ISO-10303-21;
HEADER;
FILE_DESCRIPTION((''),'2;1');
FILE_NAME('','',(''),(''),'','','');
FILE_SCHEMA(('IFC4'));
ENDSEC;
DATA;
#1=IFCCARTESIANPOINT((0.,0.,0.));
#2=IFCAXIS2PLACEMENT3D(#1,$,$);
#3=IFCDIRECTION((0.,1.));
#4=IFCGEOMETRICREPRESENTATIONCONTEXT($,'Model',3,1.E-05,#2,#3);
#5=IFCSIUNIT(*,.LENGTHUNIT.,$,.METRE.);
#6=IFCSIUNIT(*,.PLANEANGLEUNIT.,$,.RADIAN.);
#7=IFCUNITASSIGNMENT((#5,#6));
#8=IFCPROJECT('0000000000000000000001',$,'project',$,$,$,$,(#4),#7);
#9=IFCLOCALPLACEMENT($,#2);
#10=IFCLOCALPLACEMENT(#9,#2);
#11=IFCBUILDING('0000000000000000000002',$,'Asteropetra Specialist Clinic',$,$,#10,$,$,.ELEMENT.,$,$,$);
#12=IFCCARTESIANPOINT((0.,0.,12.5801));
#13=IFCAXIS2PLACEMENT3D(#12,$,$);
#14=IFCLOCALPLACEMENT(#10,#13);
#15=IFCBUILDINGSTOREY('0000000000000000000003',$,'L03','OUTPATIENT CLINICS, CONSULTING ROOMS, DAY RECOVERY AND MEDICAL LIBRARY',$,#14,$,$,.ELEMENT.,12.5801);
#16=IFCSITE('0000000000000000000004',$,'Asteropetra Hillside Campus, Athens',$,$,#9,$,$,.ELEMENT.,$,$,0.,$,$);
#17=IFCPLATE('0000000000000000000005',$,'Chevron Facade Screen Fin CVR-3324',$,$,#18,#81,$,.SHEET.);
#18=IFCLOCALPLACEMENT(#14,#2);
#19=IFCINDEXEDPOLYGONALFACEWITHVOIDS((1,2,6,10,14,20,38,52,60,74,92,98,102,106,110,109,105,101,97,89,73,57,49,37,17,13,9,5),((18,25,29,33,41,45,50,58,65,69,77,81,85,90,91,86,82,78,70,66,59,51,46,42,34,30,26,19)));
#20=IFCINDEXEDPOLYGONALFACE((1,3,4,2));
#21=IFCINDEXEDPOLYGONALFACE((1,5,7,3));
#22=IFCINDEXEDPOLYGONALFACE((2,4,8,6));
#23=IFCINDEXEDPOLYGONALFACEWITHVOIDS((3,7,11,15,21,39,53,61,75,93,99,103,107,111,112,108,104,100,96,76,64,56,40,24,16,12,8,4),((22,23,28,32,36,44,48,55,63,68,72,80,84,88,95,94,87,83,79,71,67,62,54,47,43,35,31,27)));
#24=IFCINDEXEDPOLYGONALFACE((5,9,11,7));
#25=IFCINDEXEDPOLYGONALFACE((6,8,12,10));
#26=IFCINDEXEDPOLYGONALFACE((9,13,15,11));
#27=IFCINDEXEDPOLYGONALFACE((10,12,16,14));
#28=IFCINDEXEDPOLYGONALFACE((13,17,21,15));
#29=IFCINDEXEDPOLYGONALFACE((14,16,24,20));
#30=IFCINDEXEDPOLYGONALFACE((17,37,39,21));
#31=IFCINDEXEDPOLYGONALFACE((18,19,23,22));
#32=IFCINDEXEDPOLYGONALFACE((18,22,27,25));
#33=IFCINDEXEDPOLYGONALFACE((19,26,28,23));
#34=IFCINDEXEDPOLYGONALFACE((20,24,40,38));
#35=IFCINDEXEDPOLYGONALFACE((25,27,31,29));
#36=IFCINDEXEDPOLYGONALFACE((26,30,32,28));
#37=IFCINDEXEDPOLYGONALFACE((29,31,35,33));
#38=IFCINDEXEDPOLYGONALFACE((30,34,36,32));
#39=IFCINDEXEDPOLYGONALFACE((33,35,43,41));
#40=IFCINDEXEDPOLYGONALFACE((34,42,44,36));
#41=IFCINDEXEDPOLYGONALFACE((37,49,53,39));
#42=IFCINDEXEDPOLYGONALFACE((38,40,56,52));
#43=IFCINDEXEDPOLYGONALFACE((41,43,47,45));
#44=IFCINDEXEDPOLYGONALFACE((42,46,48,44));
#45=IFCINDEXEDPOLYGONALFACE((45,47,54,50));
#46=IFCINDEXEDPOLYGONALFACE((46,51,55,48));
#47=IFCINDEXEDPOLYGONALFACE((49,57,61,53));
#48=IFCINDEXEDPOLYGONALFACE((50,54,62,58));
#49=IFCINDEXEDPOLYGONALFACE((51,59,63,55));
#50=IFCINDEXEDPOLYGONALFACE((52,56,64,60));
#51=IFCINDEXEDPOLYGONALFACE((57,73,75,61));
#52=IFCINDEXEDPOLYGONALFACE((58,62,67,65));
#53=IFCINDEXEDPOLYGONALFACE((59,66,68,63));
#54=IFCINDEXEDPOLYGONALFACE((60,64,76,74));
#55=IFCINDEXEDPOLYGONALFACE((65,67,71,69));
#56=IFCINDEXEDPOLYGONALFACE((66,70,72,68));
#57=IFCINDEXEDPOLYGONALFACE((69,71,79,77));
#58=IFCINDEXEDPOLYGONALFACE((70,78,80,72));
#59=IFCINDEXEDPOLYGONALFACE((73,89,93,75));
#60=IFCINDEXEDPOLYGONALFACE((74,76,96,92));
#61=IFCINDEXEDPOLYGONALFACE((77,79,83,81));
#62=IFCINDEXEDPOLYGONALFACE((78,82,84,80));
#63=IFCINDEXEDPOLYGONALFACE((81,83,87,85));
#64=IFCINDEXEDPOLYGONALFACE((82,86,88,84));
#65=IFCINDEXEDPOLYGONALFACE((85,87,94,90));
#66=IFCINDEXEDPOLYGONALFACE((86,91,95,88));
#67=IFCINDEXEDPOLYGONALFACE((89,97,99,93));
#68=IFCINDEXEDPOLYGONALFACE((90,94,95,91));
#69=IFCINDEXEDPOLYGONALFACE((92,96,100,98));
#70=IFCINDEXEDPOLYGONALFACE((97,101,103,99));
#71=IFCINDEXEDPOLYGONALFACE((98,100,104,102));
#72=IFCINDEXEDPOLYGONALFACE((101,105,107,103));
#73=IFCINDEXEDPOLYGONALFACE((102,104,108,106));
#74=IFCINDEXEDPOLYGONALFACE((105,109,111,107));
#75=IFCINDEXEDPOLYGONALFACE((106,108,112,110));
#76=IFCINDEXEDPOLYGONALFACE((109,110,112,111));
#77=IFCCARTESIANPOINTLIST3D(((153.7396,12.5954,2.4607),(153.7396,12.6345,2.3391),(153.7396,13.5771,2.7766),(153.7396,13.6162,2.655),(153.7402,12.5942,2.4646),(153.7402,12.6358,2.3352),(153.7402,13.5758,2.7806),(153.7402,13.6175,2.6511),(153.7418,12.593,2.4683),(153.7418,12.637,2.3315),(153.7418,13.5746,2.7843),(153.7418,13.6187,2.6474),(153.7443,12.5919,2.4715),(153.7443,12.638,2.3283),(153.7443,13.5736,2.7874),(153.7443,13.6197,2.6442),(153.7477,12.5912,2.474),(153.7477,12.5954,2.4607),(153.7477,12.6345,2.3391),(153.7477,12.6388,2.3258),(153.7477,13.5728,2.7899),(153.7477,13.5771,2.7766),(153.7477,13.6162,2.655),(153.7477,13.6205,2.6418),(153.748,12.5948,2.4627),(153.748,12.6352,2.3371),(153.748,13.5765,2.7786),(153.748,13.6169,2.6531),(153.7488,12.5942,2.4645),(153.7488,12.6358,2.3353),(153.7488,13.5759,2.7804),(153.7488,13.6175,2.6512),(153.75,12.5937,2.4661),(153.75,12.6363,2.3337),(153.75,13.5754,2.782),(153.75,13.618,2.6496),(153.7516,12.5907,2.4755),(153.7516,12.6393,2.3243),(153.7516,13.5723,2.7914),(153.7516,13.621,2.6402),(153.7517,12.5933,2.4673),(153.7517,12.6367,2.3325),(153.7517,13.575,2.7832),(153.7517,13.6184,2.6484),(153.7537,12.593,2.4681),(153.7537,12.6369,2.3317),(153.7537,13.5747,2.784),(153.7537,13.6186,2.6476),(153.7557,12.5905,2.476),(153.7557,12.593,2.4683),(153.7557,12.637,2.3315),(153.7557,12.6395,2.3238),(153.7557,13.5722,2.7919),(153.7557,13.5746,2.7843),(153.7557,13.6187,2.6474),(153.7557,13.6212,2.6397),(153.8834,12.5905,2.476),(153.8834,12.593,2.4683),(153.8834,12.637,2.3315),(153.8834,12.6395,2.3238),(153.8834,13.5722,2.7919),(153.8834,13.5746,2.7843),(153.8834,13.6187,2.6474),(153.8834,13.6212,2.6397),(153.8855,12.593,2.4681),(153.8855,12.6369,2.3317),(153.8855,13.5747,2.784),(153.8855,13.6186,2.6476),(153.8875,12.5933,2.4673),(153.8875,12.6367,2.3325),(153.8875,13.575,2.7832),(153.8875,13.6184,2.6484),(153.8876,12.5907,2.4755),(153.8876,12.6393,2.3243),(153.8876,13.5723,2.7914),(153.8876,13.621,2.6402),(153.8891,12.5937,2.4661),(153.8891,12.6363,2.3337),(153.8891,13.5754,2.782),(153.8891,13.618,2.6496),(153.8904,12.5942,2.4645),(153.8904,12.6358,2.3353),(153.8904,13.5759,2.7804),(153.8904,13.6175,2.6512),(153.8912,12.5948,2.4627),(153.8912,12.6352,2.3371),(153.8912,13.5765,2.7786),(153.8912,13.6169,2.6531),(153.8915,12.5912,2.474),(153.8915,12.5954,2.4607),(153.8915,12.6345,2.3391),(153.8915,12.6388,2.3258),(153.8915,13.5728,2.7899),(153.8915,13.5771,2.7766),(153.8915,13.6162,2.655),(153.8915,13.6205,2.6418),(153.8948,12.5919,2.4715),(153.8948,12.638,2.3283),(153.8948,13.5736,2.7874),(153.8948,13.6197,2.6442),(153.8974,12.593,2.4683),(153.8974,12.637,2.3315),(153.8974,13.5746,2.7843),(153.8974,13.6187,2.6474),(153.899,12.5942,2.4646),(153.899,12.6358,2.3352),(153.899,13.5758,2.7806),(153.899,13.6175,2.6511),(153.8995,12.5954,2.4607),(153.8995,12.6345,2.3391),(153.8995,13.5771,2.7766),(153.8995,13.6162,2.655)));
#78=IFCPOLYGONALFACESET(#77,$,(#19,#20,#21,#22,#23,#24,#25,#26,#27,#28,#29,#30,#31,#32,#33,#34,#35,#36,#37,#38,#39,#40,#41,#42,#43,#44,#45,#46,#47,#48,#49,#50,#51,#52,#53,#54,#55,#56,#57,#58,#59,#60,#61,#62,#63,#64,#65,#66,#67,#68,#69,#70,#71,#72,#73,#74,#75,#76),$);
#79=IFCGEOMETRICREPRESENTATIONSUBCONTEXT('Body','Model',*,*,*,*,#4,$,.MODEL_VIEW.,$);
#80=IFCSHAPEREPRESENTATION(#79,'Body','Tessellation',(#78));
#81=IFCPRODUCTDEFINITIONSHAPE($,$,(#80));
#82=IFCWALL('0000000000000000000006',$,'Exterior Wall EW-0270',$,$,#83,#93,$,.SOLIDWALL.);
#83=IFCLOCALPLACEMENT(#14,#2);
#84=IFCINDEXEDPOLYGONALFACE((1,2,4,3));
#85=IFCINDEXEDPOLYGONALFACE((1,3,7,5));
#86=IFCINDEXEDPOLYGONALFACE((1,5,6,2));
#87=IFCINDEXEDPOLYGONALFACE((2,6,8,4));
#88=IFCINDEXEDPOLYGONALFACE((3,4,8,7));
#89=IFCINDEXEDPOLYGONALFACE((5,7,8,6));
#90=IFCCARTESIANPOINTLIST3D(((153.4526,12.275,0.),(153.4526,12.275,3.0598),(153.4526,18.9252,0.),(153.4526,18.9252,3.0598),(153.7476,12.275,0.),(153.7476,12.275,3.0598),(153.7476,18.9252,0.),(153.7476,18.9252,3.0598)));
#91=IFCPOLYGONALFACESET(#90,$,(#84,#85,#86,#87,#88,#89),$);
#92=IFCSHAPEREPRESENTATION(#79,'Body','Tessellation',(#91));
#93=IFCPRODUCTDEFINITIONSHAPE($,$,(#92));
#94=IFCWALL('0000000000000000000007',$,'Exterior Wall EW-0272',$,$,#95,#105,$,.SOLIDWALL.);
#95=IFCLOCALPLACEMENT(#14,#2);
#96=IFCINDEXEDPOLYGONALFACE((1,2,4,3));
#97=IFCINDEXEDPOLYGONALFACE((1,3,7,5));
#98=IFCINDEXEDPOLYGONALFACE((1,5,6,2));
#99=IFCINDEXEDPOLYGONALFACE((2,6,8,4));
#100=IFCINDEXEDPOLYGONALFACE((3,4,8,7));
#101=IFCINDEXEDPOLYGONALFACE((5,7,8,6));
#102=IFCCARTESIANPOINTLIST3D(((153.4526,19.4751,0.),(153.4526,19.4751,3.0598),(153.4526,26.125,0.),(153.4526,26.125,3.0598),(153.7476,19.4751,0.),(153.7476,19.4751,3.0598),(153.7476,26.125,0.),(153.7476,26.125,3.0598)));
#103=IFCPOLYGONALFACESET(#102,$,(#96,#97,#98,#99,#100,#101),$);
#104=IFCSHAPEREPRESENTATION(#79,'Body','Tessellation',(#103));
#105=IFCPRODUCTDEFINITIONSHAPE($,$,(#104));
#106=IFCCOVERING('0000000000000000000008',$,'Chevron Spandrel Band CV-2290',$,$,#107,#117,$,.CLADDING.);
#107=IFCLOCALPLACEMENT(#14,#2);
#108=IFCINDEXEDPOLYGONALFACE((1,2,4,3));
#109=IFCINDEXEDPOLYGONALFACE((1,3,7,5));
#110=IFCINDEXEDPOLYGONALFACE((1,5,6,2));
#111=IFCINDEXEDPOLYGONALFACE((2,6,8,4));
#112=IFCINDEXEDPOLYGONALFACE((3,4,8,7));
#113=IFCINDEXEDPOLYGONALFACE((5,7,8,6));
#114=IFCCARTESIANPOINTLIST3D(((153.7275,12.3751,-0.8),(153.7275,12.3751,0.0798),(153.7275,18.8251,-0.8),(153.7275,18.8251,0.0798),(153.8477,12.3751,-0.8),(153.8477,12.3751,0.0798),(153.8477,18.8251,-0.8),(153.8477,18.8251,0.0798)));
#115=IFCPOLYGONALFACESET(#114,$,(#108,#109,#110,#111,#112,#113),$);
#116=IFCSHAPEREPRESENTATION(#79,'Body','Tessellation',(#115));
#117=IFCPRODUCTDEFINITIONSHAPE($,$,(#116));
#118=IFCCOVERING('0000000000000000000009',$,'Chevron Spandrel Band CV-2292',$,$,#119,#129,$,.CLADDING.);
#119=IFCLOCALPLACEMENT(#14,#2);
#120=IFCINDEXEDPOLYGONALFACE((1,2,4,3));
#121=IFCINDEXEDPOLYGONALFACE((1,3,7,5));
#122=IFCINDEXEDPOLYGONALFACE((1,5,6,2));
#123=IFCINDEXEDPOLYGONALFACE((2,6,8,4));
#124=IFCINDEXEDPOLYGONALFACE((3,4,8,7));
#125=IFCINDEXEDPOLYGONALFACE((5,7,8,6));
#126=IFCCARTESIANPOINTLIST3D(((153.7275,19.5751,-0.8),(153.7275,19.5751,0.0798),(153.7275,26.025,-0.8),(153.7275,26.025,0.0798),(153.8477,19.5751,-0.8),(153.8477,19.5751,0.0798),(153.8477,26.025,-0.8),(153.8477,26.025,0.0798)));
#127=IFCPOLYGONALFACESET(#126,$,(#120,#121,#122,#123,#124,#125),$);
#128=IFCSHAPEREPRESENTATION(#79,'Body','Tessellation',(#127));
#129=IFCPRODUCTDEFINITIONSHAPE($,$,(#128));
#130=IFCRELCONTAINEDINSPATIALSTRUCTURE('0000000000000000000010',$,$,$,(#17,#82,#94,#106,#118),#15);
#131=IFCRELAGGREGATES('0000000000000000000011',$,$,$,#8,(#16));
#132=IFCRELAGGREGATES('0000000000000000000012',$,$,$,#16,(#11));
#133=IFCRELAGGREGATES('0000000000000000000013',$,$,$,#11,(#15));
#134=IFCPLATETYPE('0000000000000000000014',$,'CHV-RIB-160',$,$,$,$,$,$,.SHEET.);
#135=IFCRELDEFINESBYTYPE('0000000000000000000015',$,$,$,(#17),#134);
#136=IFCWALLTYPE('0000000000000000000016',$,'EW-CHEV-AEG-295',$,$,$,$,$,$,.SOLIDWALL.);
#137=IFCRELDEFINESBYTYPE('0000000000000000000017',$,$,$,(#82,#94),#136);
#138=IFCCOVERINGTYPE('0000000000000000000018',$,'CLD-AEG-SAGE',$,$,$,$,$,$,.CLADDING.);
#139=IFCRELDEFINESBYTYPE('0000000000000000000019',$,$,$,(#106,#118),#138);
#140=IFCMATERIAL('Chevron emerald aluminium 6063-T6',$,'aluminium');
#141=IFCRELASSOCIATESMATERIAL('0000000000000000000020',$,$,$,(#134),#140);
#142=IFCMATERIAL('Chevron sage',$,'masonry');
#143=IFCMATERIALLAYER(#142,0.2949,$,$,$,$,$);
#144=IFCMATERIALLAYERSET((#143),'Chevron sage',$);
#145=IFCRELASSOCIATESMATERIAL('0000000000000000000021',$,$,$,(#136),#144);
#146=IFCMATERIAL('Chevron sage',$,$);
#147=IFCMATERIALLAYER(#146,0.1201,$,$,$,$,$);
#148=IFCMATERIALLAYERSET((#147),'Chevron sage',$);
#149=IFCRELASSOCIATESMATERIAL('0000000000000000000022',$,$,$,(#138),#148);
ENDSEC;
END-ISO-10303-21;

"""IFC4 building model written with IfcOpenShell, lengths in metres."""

from ifc_helpers import new_model, si_unit, direction, frame, frame_2d, origin, origin_2d, place, context, subcontext, project, spatial, rectangle, hollow_rectangle, extrude, material, layer, layer_set, material_profile, profile_set, type_object, element, save


model = new_model("IFC4")

# Units and contexts
model_context = context("Model", 3, precision=1e-05, world=origin(), true_north=direction((0.0, 1.0)))
body_context = subcontext(model_context, "Body", "Model", "MODEL_VIEW")
ifc_project = project(units=[si_unit("LENGTHUNIT", "METRE"), si_unit("PLANEANGLEUNIT", "RADIAN")], contexts=[model_context])

# Site, building, storey
site_placement = place(None, origin())
site = spatial("IfcSite", under=ifc_project, at=site_placement, Name="Asteropetra Hillside Campus, Athens", CompositionType="ELEMENT", RefElevation=0.0)
building_placement = place(site_placement, origin())
building = spatial("IfcBuilding", under=site, at=building_placement, Name="Asteropetra Specialist Clinic", CompositionType="ELEMENT")
storey_placement = place(building_placement, frame((0.0, 0.0, 12.5801)))
storey = spatial("IfcBuildingStorey", under=building, at=storey_placement, Name="L03", Description="OUTPATIENT CLINICS, CONSULTING ROOMS, DAY RECOVERY AND MEDICAL LIBRARY", CompositionType="ELEMENT", Elevation=12.5801)

# Plate
ifc_material_1 = material(Name="Chevron emerald aluminium 6063-T6", Category="aluminium")
ifc_material_profile_1 = material_profile(ifc_material_1, hollow_rectangle(XDim=0.1599, YDim=0.1599, WallThickness=0.0081, InnerFilletRadius=0.0081, OuterFilletRadius=0.0161, at=origin_2d()), Name="SHS 160x160x8.0")
ifc_profile_set_1 = profile_set([ifc_material_profile_1], Name="Chevron emerald aluminium 6063-T6")
plate_type = type_object("IfcPlateType", Name="CHV-RIB-160", PredefinedType="SHEET", material=ifc_profile_set_1)
for number, where, z_axis, x_axis, name in (
    (1, (153.8196, 12.615, 2.3999), (0.0, 0.951923, 0.306339), (-1.0, 0.0, 0.0), "Chevron Facade Screen Fin CVR-3324"),
):
    element("IfcPlate", number, at=place(storey_placement, frame(where, z_axis=z_axis, x_axis=x_axis)), inside=storey, type_object=plate_type, Name=name, PredefinedType="SHEET", context=body_context, shape_type="SweptSolid", body=[
        extrude(hollow_rectangle(XDim=0.1599, YDim=0.1599, WallThickness=0.0081, InnerFilletRadius=0.0081, OuterFilletRadius=0.0161, at=origin_2d()), origin(), (0.0, 0.0, 1.0), 1.0312),
    ])

# Walls
ifc_material_2 = material(Name="Chevron sage", Category="masonry")
ifc_layer_1 = layer(ifc_material_2, 0.2949)
ifc_layer_set_1 = layer_set([ifc_layer_1], Name="Chevron sage")
wall_type = type_object("IfcWallType", Name="EW-CHEV-AEG-295", PredefinedType="SOLIDWALL", material=ifc_layer_set_1)
wall_1_placement = place(storey_placement, frame((153.6001, 12.2749, 0.0), z_axis=(0.0, 0.0, 1.0), x_axis=(0.0, 1.0, 0.0)))
element("IfcWall", 2, at=wall_1_placement, inside=storey, type_object=wall_type, Name="Exterior Wall EW-0270", PredefinedType="SOLIDWALL", context=body_context, shape_type="SweptSolid", body=[
    extrude(rectangle(XDim=6.6501, YDim=0.2949, at=frame_2d((3.3252, 0.0))), origin(), (0.0, 0.0, 1.0), 3.0598),
])
wall_2_placement = place(storey_placement, frame((153.6001, 19.4751, 0.0), z_axis=(0.0, 0.0, 1.0), x_axis=(0.0, 1.0, 0.0)))
element("IfcWall", 3, at=wall_2_placement, inside=storey, type_object=wall_type, Name="Exterior Wall EW-0272", PredefinedType="SOLIDWALL", context=body_context, shape_type="SweptSolid", body=[
    extrude(rectangle(XDim=6.6499, YDim=0.2949, at=frame_2d((3.325, 0.0))), origin(), (0.0, 0.0, 1.0), 3.0598),
])

# Coverings
ifc_material_3 = material(Name="Chevron sage")
ifc_layer_2 = layer(ifc_material_3, 0.1201)
ifc_layer_set_2 = layer_set([ifc_layer_2], Name="Chevron sage")
covering_type = type_object("IfcCoveringType", Name="CLD-AEG-SAGE", PredefinedType="CLADDING", material=ifc_layer_set_2)
for number, where, z_axis, x_axis, name in (
    (4, (153.7876, 15.6001, -0.8), (0.0, 0.0, 1.0), (1.0, 0.0, 0.0), "Chevron Spandrel Band CV-2290"),
    (5, (153.7876, 22.8, -0.8), (0.0, 0.0, 1.0), (1.0, 0.0, 0.0), "Chevron Spandrel Band CV-2292"),
):
    element("IfcCovering", number, at=place(storey_placement, frame(where, z_axis=z_axis, x_axis=x_axis)), inside=storey, type_object=covering_type, Name=name, PredefinedType="CLADDING", context=body_context, shape_type="SweptSolid", body=[
        extrude(rectangle(XDim=0.1201, YDim=6.45, at=origin_2d()), origin(), (0.0, 0.0, 1.0), 0.8799),
    ])

save(model, "model.ifc")
